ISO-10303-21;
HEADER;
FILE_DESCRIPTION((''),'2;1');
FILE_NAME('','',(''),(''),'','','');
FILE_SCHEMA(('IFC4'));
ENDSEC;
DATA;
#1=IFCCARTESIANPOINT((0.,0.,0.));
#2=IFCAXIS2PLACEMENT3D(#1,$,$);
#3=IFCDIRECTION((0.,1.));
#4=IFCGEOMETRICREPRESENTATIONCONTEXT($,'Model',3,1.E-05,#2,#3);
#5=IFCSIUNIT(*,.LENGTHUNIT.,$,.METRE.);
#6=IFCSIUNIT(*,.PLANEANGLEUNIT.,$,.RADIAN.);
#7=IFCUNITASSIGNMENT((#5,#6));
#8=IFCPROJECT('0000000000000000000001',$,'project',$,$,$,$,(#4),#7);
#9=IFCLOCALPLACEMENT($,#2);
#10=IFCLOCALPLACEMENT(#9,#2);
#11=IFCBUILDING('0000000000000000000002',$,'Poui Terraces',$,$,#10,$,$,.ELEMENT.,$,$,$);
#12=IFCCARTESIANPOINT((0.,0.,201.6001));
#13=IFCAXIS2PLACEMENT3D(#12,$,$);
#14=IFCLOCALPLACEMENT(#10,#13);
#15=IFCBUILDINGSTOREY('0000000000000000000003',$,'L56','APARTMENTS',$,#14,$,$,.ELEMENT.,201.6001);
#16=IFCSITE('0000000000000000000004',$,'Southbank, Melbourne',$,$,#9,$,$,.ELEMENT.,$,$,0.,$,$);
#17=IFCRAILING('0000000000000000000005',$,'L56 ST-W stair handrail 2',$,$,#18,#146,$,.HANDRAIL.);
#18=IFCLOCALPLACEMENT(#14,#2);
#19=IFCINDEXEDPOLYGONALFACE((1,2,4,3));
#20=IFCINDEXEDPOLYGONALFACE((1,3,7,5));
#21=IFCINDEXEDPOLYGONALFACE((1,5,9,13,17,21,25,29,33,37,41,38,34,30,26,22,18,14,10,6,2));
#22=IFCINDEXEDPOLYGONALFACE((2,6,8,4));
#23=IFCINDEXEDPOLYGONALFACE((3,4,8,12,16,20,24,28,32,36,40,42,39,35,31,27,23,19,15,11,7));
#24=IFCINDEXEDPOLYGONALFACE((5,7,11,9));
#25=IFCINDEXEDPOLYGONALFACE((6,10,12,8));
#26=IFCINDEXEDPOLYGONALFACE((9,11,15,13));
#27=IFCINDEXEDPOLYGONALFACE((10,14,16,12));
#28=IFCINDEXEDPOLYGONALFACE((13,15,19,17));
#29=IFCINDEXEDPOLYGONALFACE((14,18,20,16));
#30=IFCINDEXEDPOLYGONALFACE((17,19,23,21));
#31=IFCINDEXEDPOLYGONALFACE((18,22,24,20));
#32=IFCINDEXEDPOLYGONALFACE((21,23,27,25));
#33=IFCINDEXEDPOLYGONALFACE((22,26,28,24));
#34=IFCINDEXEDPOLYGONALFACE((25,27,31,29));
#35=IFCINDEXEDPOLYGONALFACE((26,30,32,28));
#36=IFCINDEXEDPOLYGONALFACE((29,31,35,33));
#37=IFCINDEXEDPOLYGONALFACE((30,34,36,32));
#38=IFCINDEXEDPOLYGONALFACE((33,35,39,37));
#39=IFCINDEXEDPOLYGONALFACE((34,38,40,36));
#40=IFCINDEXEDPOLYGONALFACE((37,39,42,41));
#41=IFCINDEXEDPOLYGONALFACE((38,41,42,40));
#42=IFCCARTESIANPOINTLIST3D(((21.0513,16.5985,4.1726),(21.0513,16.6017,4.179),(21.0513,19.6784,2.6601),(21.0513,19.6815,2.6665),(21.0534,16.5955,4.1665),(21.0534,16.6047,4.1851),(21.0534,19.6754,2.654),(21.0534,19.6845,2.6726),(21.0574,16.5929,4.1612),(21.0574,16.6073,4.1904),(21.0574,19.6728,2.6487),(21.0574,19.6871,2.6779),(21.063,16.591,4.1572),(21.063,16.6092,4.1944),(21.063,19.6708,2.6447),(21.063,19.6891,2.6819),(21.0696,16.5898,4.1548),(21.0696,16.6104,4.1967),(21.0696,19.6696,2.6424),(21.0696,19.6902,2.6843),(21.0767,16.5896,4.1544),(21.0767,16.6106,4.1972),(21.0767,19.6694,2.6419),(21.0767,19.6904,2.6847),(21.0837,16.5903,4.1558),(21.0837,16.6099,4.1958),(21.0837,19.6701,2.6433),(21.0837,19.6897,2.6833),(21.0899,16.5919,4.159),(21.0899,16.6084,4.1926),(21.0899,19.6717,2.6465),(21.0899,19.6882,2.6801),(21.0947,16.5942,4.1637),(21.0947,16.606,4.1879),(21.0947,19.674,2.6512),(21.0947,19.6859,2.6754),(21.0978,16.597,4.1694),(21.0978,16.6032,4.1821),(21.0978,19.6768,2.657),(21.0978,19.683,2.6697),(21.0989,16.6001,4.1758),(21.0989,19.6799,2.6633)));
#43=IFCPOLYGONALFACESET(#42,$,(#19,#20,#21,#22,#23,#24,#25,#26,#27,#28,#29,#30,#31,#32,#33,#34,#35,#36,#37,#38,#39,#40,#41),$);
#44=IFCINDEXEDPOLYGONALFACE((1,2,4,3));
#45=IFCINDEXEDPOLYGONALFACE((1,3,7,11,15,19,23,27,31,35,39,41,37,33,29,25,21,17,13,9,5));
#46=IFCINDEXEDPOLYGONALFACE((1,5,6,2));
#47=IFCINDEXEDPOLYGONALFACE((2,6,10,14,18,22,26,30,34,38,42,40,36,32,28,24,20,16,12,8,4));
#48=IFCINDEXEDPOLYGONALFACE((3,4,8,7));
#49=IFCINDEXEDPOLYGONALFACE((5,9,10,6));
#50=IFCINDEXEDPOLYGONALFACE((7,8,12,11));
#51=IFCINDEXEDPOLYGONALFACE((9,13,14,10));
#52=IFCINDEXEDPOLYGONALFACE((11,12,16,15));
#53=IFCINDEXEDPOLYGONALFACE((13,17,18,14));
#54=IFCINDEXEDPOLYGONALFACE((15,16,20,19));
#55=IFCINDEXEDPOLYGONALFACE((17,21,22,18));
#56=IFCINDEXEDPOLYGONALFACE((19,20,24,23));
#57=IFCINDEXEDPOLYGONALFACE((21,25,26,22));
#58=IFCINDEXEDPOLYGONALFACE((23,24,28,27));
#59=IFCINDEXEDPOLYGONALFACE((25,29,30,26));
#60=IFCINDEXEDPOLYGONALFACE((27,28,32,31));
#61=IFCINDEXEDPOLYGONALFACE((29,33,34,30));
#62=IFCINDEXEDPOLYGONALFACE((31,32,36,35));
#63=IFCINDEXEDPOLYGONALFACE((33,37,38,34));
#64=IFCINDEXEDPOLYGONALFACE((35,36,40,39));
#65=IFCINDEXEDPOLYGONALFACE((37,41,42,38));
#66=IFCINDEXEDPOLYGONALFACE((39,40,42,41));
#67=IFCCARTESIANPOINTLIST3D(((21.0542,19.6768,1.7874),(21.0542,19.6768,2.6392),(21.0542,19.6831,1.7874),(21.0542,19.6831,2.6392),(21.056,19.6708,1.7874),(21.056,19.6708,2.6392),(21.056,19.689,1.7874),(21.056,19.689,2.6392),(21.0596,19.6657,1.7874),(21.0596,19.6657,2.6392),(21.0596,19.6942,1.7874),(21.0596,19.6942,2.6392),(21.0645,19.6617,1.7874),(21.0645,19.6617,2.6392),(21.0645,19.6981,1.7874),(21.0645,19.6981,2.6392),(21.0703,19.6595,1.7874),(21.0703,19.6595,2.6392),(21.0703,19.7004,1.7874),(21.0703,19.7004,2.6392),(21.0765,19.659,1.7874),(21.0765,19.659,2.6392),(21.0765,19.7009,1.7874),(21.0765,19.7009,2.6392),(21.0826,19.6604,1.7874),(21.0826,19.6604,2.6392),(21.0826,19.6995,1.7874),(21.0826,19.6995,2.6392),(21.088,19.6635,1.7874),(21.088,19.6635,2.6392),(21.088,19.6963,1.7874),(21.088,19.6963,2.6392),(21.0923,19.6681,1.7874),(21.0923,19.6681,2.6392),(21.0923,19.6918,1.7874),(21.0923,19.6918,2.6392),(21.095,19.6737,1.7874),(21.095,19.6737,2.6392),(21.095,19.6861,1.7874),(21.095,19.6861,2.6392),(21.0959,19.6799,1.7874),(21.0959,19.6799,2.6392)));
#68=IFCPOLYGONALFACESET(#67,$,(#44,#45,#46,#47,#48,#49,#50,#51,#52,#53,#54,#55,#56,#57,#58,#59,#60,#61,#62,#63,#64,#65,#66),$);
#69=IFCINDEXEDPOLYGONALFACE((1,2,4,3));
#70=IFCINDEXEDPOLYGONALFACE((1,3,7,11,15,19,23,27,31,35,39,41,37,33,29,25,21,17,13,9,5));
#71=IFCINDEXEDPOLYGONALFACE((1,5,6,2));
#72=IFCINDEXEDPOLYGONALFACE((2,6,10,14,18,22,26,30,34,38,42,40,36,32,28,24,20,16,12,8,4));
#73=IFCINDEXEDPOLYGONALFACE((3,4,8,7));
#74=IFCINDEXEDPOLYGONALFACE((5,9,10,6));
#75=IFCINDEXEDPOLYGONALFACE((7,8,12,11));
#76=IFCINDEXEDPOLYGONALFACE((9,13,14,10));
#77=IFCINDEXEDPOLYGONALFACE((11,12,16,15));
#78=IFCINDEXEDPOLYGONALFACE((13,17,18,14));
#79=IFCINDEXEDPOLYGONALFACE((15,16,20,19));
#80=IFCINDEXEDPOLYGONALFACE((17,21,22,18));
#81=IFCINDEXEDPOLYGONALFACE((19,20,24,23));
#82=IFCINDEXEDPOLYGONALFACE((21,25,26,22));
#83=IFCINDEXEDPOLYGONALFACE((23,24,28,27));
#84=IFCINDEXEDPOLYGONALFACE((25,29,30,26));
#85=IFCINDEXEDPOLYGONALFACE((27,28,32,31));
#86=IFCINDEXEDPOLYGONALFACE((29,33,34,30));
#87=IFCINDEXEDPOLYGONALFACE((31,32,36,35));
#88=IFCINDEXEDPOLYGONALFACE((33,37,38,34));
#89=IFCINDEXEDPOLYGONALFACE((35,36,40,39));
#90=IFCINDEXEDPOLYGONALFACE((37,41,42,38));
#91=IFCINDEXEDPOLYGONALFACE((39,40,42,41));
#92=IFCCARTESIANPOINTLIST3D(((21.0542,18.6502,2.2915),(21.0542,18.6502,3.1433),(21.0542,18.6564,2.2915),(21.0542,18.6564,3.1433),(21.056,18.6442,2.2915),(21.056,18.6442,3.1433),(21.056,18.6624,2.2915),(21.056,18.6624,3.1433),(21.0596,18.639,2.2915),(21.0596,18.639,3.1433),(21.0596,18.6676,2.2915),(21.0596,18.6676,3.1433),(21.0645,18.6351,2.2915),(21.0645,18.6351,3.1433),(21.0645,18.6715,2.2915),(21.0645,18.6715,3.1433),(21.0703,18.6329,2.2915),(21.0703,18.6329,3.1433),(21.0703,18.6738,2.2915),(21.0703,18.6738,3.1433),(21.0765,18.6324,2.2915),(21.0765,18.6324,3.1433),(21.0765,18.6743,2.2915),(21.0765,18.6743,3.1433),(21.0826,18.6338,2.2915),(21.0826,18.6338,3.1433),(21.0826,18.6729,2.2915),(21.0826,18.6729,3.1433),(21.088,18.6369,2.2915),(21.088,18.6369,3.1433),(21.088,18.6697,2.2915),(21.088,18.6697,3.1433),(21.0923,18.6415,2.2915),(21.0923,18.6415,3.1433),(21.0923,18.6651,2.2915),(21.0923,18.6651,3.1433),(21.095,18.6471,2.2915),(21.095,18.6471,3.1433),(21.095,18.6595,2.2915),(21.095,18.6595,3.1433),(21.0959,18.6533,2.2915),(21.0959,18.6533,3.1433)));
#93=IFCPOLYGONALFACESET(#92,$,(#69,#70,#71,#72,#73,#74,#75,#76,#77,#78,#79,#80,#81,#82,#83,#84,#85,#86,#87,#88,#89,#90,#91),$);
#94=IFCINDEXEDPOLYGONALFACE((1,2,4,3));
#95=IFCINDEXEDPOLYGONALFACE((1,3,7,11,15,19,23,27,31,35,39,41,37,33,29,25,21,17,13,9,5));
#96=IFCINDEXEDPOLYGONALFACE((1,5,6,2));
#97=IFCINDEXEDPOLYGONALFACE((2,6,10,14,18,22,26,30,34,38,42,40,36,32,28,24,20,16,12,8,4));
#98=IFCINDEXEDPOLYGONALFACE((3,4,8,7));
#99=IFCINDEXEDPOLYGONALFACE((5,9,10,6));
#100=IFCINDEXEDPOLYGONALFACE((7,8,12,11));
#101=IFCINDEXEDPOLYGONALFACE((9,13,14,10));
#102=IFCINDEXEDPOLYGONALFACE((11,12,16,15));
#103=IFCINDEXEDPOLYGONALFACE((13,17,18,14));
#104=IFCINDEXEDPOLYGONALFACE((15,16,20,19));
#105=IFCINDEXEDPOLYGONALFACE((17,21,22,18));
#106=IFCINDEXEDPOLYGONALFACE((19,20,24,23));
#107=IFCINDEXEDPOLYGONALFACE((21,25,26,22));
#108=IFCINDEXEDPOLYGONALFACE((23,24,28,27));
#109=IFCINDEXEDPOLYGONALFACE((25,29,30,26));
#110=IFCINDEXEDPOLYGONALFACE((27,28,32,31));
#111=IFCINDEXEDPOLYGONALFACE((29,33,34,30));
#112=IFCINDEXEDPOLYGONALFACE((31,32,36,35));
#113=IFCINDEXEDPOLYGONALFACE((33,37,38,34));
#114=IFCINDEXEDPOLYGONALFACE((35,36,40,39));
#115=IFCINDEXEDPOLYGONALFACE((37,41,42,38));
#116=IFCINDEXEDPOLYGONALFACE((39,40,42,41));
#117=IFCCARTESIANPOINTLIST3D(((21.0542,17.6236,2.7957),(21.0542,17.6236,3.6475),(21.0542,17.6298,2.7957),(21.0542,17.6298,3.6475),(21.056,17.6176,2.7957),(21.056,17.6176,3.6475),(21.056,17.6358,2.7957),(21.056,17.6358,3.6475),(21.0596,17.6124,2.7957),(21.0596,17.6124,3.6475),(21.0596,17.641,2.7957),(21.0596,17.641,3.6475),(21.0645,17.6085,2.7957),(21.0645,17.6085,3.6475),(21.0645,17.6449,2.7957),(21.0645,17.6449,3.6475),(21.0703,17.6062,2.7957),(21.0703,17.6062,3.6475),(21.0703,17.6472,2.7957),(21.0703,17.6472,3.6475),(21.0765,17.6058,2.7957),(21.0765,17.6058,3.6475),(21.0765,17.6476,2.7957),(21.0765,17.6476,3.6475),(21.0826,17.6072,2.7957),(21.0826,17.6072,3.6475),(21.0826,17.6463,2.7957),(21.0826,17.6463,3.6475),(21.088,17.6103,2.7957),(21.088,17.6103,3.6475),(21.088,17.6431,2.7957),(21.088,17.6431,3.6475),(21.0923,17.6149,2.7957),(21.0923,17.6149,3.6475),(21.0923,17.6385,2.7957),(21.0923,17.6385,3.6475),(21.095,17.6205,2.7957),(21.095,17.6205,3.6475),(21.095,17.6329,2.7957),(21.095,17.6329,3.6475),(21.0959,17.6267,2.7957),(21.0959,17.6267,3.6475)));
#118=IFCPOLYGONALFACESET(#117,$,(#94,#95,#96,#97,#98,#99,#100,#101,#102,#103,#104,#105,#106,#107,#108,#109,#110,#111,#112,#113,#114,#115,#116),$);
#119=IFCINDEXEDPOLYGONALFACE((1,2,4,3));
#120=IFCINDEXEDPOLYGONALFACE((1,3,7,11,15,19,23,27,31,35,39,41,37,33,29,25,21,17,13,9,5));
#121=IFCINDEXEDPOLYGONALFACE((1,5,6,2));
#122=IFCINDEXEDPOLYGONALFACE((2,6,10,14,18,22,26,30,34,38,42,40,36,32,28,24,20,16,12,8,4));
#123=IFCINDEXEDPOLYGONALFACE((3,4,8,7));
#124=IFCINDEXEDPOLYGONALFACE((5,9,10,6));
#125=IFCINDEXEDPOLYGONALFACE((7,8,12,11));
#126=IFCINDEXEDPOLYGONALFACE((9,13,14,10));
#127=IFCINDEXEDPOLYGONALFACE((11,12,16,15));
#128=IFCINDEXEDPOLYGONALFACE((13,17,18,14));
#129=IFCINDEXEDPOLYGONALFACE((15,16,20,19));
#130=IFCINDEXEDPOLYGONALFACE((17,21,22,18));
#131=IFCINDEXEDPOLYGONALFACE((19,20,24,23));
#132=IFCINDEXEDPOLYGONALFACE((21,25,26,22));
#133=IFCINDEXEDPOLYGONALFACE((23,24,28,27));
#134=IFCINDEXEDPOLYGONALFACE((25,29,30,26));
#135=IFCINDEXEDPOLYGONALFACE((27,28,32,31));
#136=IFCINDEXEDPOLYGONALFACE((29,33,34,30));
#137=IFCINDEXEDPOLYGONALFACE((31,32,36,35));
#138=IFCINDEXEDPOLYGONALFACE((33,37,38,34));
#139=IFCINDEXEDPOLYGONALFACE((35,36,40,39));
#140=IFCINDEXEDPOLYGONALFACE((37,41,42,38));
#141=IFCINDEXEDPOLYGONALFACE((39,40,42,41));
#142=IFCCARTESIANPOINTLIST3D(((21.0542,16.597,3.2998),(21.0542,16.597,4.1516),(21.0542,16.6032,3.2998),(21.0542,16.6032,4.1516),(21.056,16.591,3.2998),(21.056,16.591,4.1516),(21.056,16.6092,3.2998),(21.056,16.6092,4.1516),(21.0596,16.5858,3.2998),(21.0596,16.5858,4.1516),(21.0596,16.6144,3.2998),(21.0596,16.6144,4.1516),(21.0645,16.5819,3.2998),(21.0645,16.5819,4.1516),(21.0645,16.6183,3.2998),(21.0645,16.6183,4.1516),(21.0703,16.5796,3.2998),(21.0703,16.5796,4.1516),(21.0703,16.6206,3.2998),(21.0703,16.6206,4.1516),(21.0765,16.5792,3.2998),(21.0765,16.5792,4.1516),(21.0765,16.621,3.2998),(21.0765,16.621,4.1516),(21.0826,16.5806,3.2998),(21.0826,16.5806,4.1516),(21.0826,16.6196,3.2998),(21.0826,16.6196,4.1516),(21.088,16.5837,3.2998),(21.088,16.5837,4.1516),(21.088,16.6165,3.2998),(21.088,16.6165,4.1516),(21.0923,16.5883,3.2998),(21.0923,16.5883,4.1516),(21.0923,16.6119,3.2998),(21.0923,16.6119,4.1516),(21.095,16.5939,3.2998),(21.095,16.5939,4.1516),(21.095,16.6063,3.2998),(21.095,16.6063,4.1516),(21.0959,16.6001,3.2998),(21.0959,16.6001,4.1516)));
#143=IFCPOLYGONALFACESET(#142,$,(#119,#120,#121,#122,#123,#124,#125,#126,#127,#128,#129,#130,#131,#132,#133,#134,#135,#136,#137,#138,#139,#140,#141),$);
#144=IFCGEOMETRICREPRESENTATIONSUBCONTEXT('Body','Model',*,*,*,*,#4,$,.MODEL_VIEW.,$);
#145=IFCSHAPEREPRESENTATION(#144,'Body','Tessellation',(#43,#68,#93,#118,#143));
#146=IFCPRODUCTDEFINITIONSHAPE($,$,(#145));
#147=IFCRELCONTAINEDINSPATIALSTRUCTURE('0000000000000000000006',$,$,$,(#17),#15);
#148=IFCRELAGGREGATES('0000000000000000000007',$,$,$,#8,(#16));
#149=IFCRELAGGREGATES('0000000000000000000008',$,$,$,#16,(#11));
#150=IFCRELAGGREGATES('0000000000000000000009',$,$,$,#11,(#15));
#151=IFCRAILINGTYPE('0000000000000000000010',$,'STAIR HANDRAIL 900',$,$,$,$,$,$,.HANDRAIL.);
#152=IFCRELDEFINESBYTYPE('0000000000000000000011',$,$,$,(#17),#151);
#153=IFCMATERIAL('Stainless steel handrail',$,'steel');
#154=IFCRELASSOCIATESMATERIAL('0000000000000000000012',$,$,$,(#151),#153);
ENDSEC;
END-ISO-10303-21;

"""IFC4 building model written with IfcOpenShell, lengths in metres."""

from ifc_helpers import new_model, si_unit, direction, frame, origin, origin_2d, place, context, subcontext, project, spatial, circle, extrude, material, type_object, element, save


model = new_model("IFC4")

# Units and contexts
model_context = context("Model", 3, precision=1e-05, world=origin(), true_north=direction((0.0, 1.0)))
body_context = subcontext(model_context, "Body", "Model", "MODEL_VIEW")
ifc_project = project(units=[si_unit("LENGTHUNIT", "METRE"), si_unit("PLANEANGLEUNIT", "RADIAN")], contexts=[model_context])

# Site, building, storey
site_placement = place(None, origin())
site = spatial("IfcSite", under=ifc_project, at=site_placement, Name="Southbank, Melbourne", CompositionType="ELEMENT", RefElevation=0.0)
building_placement = place(site_placement, origin())
building = spatial("IfcBuilding", under=site, at=building_placement, Name="Poui Terraces", CompositionType="ELEMENT")
storey_placement = place(building_placement, frame((0.0, 0.0, 201.6001)))
storey = spatial("IfcBuildingStorey", under=building, at=storey_placement, Name="L56", Description="APARTMENTS", CompositionType="ELEMENT", Elevation=201.6001)

# Railing
ifc_material_1 = material(Name="Stainless steel handrail", Category="steel")
railing_type_1 = type_object("IfcRailingType", Name="STAIR HANDRAIL 900", PredefinedType="HANDRAIL", material=ifc_material_1)
railing_1_placement = place(storey_placement, frame((21.075, 19.6799, 1.7874)))
element("IfcRailing", 1, at=railing_1_placement, inside=storey, type_object=railing_type_1, Name="L56 ST-W stair handrail 2", PredefinedType="HANDRAIL", context=body_context, shape_type="SweptSolid", body=[
    extrude(circle(Radius=0.0239, at=origin_2d()), frame((0.0, 0.0, 0.876), z_axis=(0.0, -0.897606, 0.440798), x_axis=(1.0, 0.0, 0.0)), (0.0, 0.0, 1.0), 3.4312),
    extrude(circle(Radius=0.021, at=origin_2d()), origin(), (0.0, 0.0, 1.0), 0.8518),
    extrude(circle(Radius=0.021, at=origin_2d()), frame((0.0, -1.0266, 0.5042)), (0.0, 0.0, 1.0), 0.8518),
    extrude(circle(Radius=0.021, at=origin_2d()), frame((0.0, -2.0532, 1.0083)), (0.0, 0.0, 1.0), 0.8518),
    extrude(circle(Radius=0.021, at=origin_2d()), frame((0.0, -3.0798, 1.5125)), (0.0, 0.0, 1.0), 0.8518),
])

save(model, "model.ifc")
